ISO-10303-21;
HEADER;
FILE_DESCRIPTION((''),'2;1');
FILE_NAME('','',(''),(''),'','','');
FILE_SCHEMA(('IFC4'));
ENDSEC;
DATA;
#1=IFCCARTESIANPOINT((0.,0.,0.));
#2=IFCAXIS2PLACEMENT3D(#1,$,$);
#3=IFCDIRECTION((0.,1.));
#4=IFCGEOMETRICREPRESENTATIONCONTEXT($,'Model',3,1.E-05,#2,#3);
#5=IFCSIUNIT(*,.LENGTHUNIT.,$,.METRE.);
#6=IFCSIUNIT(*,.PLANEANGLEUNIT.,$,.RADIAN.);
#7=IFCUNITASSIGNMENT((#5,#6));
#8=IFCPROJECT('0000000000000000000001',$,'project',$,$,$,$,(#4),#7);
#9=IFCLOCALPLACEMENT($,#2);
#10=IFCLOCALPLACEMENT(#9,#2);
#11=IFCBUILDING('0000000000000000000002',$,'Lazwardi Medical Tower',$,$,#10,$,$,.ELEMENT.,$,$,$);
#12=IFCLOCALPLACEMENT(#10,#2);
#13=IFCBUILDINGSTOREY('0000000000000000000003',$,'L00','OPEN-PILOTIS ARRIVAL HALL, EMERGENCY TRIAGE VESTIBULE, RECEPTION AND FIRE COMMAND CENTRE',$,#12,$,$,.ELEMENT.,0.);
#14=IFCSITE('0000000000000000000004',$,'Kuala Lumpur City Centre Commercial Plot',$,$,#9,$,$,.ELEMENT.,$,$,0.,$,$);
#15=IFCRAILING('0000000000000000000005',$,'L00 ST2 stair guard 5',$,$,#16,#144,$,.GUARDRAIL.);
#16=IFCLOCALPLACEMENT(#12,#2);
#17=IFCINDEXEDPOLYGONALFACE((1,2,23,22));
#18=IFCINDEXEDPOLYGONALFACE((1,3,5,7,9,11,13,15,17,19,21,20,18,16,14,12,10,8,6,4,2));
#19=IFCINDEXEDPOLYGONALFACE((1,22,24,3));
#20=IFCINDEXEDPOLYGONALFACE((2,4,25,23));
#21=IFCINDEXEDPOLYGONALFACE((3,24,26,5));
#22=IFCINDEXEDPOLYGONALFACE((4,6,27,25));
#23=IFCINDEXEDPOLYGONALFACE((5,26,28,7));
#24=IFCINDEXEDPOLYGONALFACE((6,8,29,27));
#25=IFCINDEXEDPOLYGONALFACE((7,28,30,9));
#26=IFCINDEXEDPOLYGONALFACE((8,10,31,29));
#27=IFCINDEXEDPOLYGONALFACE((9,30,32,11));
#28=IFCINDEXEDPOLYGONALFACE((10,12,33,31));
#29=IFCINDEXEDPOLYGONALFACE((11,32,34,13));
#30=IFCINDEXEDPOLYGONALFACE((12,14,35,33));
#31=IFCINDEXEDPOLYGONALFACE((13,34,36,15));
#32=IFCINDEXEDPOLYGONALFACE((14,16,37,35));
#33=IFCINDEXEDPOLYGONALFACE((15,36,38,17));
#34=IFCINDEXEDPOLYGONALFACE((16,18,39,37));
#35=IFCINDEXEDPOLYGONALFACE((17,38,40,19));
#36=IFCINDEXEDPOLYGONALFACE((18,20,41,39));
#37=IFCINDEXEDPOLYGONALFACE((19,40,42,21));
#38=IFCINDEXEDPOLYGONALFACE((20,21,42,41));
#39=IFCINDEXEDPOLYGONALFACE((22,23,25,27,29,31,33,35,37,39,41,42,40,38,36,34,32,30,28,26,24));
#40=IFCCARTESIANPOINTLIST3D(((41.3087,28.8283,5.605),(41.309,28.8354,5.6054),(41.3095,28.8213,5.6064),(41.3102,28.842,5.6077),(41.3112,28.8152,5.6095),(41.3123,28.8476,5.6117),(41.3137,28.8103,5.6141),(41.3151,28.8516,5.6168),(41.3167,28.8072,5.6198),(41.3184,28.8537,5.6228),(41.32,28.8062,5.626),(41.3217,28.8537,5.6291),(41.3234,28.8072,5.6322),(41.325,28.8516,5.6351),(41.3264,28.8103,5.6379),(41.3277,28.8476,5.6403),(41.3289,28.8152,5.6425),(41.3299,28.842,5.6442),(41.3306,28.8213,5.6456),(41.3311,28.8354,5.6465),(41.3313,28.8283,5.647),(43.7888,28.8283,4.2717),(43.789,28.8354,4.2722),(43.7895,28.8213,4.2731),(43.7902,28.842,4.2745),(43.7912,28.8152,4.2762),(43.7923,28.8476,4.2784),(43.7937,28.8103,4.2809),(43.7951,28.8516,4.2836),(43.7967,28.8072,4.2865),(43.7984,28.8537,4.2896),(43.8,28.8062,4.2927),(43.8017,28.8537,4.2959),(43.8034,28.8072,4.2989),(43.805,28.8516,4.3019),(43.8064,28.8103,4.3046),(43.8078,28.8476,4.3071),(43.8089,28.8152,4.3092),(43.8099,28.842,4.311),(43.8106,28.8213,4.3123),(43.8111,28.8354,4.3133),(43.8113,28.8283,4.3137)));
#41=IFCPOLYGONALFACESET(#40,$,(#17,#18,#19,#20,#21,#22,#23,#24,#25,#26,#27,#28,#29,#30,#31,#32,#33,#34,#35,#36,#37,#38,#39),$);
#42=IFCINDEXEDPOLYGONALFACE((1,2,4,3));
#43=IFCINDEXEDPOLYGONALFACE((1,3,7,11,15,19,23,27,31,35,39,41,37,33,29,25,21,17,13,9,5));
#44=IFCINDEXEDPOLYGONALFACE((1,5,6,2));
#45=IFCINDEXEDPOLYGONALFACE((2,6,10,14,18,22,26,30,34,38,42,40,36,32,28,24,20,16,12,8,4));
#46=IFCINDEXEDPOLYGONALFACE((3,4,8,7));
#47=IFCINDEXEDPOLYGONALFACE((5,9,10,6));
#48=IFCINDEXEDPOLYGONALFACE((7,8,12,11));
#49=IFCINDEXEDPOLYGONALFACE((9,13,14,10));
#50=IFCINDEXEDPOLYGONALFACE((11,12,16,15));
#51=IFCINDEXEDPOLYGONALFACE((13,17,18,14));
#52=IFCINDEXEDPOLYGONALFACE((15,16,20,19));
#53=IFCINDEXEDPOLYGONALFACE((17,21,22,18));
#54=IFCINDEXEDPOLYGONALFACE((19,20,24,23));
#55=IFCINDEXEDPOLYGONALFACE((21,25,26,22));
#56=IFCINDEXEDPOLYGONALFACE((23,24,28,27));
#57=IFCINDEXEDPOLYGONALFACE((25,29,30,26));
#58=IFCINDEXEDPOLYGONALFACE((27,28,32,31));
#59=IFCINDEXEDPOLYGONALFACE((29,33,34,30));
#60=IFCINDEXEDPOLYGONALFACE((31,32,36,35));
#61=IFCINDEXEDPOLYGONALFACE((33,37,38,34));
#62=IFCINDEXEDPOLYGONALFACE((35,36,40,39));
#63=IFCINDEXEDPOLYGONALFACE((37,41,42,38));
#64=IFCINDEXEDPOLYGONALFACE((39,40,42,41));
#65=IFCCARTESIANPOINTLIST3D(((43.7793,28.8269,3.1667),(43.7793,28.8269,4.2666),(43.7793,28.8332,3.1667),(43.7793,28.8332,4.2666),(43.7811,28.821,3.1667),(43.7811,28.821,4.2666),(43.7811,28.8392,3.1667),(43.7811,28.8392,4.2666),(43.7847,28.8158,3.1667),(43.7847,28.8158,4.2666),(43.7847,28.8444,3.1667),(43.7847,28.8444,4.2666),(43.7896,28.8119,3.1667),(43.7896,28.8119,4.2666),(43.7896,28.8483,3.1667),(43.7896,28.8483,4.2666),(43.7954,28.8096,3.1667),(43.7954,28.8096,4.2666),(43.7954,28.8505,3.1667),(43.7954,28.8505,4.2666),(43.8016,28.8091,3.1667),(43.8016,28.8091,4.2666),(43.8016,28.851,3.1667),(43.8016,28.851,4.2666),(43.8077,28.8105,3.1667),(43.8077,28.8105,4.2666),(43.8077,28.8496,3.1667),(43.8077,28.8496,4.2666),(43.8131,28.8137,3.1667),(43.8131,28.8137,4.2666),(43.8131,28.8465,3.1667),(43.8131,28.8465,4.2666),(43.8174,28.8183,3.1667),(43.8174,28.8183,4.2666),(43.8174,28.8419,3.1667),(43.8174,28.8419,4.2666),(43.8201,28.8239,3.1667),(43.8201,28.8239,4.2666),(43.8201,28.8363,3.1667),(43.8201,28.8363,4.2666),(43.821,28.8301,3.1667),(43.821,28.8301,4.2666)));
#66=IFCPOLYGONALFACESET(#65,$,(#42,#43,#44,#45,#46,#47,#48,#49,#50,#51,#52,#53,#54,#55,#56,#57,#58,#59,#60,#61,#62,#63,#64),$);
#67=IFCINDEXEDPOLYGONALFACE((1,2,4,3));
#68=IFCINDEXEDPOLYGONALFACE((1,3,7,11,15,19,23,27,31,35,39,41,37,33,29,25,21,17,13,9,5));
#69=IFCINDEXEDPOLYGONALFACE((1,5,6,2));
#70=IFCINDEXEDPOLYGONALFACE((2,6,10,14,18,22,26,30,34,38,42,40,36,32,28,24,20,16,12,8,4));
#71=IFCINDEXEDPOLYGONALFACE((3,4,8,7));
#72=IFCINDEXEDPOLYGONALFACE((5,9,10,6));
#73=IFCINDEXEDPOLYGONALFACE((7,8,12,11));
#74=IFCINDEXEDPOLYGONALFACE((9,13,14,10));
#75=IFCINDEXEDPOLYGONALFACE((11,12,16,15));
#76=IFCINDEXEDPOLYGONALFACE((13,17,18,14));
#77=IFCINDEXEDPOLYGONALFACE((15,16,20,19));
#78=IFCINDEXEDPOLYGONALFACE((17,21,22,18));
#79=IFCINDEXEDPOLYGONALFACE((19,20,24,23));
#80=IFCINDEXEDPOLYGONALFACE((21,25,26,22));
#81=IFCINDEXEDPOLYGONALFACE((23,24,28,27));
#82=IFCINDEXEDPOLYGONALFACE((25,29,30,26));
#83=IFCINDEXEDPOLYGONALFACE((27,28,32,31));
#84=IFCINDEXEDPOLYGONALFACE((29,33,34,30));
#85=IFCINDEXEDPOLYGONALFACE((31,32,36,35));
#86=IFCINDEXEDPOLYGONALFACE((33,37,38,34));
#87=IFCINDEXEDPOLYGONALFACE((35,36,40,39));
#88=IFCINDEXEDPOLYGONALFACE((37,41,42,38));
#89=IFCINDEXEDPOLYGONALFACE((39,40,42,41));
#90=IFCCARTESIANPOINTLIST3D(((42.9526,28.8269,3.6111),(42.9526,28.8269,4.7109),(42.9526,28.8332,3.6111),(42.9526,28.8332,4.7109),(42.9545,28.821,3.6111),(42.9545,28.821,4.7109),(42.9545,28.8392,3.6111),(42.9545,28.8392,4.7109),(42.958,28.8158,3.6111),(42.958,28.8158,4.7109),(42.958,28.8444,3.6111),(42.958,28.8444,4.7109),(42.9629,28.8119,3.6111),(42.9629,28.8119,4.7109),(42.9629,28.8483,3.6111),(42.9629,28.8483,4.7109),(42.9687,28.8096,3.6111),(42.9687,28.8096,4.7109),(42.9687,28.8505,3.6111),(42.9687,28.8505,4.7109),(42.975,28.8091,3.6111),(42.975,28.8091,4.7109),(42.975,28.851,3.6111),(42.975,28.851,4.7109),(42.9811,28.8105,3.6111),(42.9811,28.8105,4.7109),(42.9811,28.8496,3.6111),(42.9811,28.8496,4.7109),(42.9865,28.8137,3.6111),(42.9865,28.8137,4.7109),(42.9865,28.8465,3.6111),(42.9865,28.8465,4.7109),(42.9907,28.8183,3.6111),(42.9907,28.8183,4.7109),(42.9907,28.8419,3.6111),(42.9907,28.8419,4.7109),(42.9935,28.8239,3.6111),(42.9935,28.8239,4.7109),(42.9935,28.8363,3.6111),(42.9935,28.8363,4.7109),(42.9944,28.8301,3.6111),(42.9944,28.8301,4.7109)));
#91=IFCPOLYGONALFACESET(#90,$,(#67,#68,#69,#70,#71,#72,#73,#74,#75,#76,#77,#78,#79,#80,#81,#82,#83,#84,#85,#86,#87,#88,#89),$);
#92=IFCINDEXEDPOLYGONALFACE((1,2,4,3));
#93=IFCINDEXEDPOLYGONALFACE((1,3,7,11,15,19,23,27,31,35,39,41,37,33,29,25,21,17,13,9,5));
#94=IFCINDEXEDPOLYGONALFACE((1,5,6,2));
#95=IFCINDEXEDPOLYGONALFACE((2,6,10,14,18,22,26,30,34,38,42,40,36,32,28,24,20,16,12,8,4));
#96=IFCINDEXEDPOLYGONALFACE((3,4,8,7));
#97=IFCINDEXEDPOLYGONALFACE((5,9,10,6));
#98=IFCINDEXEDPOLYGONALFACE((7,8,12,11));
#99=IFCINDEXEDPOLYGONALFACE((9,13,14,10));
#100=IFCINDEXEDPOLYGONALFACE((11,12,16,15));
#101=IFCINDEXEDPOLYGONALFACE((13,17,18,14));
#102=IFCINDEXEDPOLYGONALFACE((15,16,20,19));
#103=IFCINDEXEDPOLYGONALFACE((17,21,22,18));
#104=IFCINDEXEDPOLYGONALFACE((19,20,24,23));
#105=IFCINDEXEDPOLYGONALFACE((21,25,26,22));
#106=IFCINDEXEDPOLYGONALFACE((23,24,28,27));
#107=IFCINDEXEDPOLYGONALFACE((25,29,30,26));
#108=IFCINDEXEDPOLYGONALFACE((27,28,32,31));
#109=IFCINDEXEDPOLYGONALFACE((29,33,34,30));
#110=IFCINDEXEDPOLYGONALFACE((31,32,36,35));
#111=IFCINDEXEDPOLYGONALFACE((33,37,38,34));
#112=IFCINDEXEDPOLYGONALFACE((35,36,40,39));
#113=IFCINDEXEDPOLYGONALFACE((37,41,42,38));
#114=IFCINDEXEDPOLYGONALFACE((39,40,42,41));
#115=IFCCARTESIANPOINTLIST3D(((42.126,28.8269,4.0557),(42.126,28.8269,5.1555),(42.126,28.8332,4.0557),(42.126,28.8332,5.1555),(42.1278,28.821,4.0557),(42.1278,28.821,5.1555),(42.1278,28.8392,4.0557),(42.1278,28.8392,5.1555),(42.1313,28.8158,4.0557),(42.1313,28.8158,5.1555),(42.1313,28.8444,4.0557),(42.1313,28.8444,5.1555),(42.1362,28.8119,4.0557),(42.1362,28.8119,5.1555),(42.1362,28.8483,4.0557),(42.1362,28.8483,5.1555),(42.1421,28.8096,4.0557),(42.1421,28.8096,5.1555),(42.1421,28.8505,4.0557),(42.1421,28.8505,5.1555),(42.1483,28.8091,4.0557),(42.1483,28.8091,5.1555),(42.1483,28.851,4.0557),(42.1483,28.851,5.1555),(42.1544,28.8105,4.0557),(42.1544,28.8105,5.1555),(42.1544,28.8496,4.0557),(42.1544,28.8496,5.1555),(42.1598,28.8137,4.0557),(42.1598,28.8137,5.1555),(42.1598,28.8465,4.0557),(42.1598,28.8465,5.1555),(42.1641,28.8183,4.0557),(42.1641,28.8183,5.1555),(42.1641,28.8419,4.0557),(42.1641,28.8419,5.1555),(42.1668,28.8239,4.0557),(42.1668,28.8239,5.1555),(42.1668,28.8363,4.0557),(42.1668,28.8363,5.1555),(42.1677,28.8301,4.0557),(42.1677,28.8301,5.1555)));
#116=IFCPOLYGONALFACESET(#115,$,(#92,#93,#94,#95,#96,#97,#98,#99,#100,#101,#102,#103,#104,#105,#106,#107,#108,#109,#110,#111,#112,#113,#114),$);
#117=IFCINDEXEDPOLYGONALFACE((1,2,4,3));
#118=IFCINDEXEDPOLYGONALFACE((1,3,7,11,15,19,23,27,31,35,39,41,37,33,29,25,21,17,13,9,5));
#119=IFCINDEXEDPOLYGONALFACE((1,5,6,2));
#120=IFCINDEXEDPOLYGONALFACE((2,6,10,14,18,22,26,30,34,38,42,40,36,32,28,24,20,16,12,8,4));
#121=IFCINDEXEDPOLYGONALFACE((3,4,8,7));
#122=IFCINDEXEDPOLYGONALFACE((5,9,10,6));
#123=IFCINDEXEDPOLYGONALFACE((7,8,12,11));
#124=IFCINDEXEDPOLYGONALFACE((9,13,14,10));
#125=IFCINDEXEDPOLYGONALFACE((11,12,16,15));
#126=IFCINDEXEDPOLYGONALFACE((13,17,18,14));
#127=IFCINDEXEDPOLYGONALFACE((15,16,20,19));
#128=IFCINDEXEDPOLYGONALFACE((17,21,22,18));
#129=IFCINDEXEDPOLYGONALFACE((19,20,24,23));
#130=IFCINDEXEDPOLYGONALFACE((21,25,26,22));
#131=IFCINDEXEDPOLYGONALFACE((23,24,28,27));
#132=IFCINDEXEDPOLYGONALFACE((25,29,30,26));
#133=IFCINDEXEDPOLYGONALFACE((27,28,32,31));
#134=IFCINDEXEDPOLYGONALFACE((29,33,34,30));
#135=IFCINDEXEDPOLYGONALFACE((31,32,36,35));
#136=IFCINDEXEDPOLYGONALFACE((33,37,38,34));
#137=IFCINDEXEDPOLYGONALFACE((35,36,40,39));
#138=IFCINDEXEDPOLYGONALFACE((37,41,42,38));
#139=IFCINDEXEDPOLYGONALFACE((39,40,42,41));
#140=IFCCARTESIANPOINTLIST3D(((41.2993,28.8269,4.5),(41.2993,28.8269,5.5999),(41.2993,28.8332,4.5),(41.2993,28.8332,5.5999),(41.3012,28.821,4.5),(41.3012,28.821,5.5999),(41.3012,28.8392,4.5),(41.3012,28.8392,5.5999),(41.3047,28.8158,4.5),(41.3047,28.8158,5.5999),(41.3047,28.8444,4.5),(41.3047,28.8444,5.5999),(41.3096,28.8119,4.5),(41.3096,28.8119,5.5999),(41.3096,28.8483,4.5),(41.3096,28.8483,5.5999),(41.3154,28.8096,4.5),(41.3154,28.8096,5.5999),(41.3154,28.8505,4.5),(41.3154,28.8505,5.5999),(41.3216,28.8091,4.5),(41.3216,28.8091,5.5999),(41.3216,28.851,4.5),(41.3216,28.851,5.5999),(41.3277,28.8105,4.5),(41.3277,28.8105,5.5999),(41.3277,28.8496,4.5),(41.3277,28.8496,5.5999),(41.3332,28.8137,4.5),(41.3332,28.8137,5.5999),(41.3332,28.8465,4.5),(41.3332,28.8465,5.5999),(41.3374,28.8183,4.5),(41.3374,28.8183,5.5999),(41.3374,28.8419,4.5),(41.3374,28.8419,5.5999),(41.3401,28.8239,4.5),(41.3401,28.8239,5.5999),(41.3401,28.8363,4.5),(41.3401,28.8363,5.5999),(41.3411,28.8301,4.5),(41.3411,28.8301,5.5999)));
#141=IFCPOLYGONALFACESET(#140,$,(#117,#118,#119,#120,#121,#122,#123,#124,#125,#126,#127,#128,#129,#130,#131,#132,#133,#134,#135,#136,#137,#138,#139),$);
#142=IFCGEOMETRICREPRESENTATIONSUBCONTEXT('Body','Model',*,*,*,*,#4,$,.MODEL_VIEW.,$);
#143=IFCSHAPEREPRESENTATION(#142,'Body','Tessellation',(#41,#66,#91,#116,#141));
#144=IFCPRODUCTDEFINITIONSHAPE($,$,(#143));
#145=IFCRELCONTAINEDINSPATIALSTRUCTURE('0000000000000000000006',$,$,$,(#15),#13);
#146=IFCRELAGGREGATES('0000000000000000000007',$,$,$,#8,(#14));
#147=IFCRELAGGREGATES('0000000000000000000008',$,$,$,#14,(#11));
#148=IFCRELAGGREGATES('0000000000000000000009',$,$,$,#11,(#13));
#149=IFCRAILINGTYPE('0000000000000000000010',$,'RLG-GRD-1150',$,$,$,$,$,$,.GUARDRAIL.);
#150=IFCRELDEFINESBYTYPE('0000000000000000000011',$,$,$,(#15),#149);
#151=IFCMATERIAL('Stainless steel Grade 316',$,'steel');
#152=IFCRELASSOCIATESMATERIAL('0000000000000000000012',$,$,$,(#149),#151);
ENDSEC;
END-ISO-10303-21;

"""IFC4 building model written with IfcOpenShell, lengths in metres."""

from ifc_helpers import new_model, si_unit, direction, frame, origin, origin_2d, place, context, subcontext, project, spatial, circle, extrude, material, type_object, element, save


model = new_model("IFC4")

# Units and contexts
model_context = context("Model", 3, precision=1e-05, world=origin(), true_north=direction((0.0, 1.0)))
body_context = subcontext(model_context, "Body", "Model", "MODEL_VIEW")
ifc_project = project(units=[si_unit("LENGTHUNIT", "METRE"), si_unit("PLANEANGLEUNIT", "RADIAN")], contexts=[model_context])

# Site, building, storey
site_placement = place(None, origin())
site = spatial("IfcSite", under=ifc_project, at=site_placement, Name="Kuala Lumpur City Centre Commercial Plot", CompositionType="ELEMENT", RefElevation=0.0)
building_placement = place(site_placement, origin())
building = spatial("IfcBuilding", under=site, at=building_placement, Name="Lazwardi Medical Tower", CompositionType="ELEMENT")
storey_placement = place(building_placement, origin())
storey = spatial("IfcBuildingStorey", under=building, at=storey_placement, Name="L00", Description="OPEN-PILOTIS ARRIVAL HALL, EMERGENCY TRIAGE VESTIBULE, RECEPTION AND FIRE COMMAND CENTRE", CompositionType="ELEMENT", Elevation=0.0)

# Railing
ifc_material_1 = material(Name="Stainless steel Grade 316", Category="steel")
railing_type_1 = type_object("IfcRailingType", Name="RLG-GRD-1150", PredefinedType="GUARDRAIL", material=ifc_material_1)
railing_1_placement = place(storey_placement, frame((43.8, 28.8301, 3.1667)))
element("IfcRailing", 1, at=railing_1_placement, inside=storey, type_object=railing_type_1, Name="L00 ST2 stair guard 5", PredefinedType="GUARDRAIL", context=body_context, shape_type="SweptSolid", body=[
    extrude(circle(Radius=0.0239, at=origin_2d()), frame((0.0, 0.0, 1.126), z_axis=(-0.880786, 0.0, 0.473515), x_axis=(0.0, -1.0, 0.0)), (0.0, 0.0, 1.0), 2.8157),
    extrude(circle(Radius=0.021, at=origin_2d()), origin(), (0.0, 0.0, 1.0), 1.0999),
    extrude(circle(Radius=0.021, at=origin_2d()), frame((-0.8267, 0.0, 0.4443)), (0.0, 0.0, 1.0), 1.0999),
    extrude(circle(Radius=0.021, at=origin_2d()), frame((-1.6533, 0.0, 0.8889)), (0.0, 0.0, 1.0), 1.0999),
    extrude(circle(Radius=0.021, at=origin_2d()), frame((-2.48, 0.0, 1.3333)), (0.0, 0.0, 1.0), 1.0999),
])

save(model, "model.ifc")
